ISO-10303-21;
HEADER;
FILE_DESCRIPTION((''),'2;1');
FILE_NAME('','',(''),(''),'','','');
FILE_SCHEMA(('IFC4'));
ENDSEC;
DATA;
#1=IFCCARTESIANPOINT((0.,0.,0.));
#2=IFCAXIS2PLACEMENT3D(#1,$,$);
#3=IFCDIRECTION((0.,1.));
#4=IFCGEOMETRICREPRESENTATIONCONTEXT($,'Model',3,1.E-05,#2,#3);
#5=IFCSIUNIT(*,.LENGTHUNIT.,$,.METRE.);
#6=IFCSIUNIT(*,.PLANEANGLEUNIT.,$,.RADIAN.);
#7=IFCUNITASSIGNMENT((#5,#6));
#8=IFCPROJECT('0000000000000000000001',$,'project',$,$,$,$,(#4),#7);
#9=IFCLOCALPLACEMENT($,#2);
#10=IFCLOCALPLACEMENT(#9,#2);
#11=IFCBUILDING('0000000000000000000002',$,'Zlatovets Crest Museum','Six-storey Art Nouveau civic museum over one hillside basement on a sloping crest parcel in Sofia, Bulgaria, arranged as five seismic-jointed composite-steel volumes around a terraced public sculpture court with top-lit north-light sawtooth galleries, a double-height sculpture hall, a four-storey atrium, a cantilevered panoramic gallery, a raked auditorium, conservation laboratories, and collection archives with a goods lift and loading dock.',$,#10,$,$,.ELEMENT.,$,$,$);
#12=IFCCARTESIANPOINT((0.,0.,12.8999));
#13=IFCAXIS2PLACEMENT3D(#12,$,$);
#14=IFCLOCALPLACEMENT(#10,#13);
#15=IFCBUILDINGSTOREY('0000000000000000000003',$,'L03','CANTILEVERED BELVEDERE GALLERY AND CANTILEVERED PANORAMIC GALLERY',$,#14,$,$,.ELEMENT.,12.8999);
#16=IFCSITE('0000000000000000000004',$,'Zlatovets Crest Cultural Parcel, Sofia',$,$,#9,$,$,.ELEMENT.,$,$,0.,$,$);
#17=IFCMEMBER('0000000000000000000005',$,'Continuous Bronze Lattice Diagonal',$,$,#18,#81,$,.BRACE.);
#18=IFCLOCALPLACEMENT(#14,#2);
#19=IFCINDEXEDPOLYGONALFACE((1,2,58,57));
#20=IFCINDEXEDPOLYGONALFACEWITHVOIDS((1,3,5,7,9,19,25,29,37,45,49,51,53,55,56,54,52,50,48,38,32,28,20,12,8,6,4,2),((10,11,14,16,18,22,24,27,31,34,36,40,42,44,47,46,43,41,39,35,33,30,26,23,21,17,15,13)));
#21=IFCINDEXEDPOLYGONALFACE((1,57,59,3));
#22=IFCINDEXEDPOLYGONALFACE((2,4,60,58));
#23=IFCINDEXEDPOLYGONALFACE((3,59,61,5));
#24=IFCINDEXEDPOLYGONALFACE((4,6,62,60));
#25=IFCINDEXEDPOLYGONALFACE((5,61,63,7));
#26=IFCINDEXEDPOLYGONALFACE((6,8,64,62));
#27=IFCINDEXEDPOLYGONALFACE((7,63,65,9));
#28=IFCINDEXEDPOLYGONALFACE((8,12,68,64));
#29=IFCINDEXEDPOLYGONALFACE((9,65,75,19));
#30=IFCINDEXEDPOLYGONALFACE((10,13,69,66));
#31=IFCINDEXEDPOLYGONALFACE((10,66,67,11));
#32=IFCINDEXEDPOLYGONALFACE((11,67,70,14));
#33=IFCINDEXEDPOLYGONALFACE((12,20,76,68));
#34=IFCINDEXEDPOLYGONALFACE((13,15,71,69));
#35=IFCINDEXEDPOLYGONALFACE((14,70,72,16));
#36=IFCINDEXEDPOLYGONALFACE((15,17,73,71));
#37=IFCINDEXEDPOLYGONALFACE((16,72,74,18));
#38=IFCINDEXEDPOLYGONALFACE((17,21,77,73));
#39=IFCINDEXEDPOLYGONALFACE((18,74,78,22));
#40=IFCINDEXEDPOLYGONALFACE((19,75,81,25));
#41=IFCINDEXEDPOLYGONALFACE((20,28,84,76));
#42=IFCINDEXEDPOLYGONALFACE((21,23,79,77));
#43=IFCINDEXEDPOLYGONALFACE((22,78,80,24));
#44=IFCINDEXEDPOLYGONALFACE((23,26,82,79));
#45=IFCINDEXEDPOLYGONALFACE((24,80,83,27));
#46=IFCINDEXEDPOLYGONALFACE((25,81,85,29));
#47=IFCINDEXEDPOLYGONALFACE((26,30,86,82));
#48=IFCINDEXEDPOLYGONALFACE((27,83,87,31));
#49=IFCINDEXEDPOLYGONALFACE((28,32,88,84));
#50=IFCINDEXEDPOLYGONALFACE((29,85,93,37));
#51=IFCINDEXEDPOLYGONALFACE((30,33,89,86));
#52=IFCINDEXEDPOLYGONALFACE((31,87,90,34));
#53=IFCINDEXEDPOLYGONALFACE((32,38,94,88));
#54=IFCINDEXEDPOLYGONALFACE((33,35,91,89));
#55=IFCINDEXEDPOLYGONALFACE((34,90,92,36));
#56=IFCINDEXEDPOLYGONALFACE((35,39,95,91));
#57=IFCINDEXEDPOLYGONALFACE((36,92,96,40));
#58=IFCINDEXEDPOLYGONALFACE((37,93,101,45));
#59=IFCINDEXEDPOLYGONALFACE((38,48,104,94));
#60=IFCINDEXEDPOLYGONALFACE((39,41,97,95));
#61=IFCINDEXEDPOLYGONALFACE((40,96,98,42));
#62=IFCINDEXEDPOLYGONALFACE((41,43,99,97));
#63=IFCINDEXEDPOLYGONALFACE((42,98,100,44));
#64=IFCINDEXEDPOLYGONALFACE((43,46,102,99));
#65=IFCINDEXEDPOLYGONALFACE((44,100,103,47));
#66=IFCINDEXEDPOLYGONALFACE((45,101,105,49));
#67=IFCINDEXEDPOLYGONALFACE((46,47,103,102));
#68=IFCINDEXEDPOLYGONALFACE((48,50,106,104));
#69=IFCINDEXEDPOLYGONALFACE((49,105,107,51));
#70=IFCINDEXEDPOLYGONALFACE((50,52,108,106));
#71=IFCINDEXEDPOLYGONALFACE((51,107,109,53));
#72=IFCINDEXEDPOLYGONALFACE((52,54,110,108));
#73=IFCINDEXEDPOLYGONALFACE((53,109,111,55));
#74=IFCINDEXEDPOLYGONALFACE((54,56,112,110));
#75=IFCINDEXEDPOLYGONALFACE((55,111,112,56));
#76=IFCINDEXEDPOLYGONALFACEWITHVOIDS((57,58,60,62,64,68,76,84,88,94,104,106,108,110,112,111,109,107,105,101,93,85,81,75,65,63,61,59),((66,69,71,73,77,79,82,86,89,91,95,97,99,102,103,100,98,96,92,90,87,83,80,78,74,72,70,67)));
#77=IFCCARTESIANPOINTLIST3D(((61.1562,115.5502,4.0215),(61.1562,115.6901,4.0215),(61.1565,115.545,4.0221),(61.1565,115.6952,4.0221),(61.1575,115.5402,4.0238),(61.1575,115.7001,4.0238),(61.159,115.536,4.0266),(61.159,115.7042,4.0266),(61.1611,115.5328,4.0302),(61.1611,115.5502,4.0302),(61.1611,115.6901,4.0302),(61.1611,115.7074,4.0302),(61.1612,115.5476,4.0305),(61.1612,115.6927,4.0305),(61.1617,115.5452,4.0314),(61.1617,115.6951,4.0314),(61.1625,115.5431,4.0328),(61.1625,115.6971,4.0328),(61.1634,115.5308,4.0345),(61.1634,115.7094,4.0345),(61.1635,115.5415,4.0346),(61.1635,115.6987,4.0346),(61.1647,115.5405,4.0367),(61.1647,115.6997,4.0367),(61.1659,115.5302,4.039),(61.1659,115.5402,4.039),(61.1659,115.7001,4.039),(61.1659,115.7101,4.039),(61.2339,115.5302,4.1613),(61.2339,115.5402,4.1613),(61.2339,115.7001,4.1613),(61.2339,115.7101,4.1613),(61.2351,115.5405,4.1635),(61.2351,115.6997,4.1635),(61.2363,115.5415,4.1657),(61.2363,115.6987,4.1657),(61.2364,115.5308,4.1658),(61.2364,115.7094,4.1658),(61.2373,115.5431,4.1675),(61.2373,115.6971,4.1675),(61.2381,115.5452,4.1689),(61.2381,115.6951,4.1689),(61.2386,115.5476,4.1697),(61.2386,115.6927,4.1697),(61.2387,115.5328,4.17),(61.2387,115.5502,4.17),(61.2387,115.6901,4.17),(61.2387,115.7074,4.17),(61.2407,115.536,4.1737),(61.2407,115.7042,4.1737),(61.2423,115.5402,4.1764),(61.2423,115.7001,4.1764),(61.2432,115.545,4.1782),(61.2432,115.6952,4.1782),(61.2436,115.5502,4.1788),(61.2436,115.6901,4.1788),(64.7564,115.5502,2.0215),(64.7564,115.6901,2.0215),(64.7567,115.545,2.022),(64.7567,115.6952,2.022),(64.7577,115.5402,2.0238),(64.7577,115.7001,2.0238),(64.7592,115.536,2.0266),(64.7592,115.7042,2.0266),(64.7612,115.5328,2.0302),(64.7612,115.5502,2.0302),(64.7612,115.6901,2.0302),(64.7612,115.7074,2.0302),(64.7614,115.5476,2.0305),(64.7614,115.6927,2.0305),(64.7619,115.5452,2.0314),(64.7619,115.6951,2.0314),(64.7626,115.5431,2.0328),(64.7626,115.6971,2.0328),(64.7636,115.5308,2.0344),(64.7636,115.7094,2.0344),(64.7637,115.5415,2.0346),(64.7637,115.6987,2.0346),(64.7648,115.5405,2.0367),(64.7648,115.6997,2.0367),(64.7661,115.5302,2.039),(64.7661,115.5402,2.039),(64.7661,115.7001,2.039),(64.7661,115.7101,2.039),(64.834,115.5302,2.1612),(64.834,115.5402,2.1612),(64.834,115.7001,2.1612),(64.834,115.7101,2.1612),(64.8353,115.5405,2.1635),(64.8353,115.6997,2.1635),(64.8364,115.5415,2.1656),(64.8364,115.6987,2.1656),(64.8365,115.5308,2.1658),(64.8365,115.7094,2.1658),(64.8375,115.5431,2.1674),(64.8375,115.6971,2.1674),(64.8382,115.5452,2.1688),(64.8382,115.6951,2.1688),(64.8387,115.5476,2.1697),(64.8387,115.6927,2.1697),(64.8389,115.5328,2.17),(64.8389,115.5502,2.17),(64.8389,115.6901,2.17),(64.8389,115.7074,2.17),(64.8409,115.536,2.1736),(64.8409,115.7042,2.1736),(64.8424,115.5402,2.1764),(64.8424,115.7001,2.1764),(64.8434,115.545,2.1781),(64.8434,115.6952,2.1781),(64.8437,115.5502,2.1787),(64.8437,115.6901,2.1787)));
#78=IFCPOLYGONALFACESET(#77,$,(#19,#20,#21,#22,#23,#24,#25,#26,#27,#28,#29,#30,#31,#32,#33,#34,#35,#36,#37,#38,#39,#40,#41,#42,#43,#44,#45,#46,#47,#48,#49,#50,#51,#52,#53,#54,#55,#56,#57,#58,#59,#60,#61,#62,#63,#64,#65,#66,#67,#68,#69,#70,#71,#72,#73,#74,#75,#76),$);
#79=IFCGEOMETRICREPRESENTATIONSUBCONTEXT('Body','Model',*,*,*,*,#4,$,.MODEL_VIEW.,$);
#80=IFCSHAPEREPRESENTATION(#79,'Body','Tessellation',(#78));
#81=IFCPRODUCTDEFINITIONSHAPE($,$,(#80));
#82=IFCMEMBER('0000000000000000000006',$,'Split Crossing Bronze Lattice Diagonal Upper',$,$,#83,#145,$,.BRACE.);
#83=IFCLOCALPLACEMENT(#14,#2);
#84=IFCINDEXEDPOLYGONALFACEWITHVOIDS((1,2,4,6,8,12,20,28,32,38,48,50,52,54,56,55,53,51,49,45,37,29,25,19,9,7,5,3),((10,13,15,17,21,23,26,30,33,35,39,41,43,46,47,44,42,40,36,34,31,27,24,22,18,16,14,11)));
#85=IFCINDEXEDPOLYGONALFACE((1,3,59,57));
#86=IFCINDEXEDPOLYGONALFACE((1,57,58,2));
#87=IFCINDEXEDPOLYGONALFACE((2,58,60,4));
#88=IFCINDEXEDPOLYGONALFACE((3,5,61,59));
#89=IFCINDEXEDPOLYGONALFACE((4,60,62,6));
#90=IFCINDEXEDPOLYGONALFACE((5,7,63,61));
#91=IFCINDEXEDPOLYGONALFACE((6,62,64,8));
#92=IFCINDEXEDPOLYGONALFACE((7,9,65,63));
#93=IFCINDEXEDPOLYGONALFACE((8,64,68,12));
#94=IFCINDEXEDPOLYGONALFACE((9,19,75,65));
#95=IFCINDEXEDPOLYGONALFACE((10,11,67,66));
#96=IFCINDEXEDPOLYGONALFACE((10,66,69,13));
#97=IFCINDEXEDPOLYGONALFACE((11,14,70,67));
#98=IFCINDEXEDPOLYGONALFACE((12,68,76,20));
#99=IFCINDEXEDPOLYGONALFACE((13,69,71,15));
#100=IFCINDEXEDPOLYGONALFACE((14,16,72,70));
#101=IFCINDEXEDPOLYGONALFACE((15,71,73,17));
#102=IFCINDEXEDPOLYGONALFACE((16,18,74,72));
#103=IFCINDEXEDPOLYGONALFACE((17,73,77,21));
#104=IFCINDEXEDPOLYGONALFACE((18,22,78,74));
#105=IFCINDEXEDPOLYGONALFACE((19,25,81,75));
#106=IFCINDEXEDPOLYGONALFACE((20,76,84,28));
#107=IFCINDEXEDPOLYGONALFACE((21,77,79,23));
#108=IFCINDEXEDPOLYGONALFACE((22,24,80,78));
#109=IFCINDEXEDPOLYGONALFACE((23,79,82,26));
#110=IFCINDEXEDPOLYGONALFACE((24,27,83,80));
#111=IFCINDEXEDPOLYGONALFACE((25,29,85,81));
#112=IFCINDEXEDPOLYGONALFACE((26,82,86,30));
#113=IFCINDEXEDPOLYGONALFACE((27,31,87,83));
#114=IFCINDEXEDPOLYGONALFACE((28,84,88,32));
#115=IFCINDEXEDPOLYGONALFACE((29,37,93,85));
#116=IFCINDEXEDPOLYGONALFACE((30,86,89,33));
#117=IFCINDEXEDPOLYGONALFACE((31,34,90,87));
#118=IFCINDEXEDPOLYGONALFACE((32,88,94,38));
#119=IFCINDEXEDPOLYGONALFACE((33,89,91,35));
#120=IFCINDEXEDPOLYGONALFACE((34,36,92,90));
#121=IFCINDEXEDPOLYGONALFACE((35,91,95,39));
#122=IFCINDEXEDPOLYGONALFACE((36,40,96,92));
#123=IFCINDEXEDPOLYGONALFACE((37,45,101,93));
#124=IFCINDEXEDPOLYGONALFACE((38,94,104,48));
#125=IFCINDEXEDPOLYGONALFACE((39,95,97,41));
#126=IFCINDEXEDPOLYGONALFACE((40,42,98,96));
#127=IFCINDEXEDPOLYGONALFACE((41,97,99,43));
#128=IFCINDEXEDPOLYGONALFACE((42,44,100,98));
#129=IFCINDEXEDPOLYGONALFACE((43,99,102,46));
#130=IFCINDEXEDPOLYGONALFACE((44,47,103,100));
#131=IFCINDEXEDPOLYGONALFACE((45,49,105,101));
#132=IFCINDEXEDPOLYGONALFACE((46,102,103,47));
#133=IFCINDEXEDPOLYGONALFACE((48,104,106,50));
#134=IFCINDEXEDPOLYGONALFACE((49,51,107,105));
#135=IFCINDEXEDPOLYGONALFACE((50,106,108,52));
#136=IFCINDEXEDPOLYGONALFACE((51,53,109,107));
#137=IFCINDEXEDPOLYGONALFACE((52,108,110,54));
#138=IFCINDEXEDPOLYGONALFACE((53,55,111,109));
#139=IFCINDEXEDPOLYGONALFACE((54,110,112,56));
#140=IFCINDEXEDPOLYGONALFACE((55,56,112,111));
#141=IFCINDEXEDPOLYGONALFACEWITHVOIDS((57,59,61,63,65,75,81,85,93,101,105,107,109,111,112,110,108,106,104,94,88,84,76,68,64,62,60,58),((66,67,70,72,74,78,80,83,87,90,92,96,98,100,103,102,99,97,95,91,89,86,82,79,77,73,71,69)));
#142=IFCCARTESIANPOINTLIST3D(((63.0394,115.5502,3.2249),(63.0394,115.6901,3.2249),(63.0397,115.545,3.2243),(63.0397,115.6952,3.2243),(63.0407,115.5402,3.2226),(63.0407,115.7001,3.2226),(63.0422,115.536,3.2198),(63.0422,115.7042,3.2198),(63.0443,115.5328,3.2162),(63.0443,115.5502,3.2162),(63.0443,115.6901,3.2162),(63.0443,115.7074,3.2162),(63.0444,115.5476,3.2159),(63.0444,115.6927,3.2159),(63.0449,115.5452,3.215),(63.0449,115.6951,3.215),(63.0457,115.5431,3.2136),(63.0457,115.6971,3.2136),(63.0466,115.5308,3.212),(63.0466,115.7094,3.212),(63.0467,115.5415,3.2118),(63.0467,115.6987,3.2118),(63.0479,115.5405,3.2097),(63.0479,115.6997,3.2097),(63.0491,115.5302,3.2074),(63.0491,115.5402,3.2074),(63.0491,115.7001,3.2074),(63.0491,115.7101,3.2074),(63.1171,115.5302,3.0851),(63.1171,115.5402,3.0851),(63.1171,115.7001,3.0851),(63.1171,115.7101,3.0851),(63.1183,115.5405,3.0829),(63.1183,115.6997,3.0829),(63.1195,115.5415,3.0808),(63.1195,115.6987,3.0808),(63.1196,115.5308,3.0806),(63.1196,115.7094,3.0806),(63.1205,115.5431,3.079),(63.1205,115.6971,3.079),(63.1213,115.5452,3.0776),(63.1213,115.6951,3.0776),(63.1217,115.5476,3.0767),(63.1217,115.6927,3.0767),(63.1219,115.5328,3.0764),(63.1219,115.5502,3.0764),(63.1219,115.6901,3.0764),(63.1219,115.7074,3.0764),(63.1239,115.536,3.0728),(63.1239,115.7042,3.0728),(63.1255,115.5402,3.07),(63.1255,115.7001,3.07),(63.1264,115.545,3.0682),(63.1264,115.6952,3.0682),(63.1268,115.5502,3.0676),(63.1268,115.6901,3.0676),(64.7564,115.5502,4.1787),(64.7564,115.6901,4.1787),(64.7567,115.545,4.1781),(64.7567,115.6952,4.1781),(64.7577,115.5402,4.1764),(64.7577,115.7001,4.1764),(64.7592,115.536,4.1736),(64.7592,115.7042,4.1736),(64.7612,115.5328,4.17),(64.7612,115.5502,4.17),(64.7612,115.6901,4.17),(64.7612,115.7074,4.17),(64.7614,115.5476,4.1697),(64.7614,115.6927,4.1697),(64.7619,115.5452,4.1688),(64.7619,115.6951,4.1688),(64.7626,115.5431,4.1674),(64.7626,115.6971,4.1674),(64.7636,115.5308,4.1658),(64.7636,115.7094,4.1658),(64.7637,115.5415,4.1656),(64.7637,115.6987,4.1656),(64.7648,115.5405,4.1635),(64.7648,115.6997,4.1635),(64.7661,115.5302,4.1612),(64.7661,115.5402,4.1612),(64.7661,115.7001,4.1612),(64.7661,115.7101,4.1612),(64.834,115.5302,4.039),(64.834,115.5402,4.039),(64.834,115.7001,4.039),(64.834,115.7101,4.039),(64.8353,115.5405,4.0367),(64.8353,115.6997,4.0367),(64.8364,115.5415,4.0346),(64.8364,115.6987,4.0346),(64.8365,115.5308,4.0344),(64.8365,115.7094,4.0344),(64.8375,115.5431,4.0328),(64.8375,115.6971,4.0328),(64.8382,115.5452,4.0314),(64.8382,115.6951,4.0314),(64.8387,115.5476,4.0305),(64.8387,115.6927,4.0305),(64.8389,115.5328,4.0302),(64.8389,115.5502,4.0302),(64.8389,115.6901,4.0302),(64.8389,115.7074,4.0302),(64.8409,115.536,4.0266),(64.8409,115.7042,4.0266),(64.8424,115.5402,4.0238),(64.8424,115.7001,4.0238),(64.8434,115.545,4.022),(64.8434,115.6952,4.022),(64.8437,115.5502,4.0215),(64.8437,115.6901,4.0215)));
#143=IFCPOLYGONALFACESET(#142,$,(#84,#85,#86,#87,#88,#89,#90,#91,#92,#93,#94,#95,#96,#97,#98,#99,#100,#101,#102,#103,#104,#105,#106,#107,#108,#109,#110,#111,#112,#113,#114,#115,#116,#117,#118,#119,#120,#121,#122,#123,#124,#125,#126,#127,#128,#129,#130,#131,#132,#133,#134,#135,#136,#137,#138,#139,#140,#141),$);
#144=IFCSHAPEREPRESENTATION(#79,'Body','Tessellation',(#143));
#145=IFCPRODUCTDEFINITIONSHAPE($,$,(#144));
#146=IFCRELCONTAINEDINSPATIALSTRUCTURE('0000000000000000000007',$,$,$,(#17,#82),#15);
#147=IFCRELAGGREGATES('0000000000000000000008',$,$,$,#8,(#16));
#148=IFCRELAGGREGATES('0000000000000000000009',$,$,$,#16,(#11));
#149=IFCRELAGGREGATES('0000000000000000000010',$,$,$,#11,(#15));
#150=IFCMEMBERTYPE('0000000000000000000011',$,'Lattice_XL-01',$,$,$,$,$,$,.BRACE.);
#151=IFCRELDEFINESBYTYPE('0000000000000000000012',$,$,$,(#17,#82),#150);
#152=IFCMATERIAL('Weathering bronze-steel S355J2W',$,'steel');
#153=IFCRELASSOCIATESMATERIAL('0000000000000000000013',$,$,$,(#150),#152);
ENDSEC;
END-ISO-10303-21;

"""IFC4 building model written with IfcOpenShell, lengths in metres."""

from ifc_helpers import new_model, si_unit, direction, frame, origin, origin_2d, place, context, subcontext, project, spatial, hollow_rectangle, extrude, material, material_profile, profile_set, type_object, element, save


model = new_model("IFC4")

# Units and contexts
model_context = context("Model", 3, precision=1e-05, world=origin(), true_north=direction((0.0, 1.0)))
body_context = subcontext(model_context, "Body", "Model", "MODEL_VIEW")
ifc_project = project(units=[si_unit("LENGTHUNIT", "METRE"), si_unit("PLANEANGLEUNIT", "RADIAN")], contexts=[model_context])

# Site, building, storey
site_placement = place(None, origin())
site = spatial("IfcSite", under=ifc_project, at=site_placement, Name="Zlatovets Crest Cultural Parcel, Sofia", CompositionType="ELEMENT", RefElevation=0.0)
building_placement = place(site_placement, origin())
building = spatial("IfcBuilding", under=site, at=building_placement, Name="Zlatovets Crest Museum", Description="Six-storey Art Nouveau civic museum over one hillside basement on a sloping crest parcel in Sofia, Bulgaria, arranged as five seismic-jointed composite-steel volumes around a terraced public sculpture court with top-lit north-light sawtooth galleries, a double-height sculpture hall, a four-storey atrium, a cantilevered panoramic gallery, a raked auditorium, conservation laboratories, and collection archives with a goods lift and loading dock.", CompositionType="ELEMENT")
storey_placement = place(building_placement, frame((0.0, 0.0, 12.8999)))
storey = spatial("IfcBuildingStorey", under=building, at=storey_placement, Name="L03", Description="CANTILEVERED BELVEDERE GALLERY AND CANTILEVERED PANORAMIC GALLERY", CompositionType="ELEMENT", Elevation=12.8999)

# Members
ifc_material_1 = material(Name="Weathering bronze-steel S355J2W", Category="steel")
ifc_material_profile_1 = material_profile(ifc_material_1, hollow_rectangle(XDim=0.1799, YDim=0.1799, WallThickness=0.01, InnerFilletRadius=0.01, OuterFilletRadius=0.02, at=origin_2d()), Name="SHS 180x180x10.0")
ifc_profile_set_1 = profile_set([ifc_material_profile_1], Name="Weathering bronze-steel S355J2W")
member_type_1 = type_object("IfcMemberType", Name="Lattice_XL-01", PredefinedType="BRACE", material=ifc_profile_set_1)
member_1_placement = place(storey_placement, frame((64.8, 115.6201, 2.1001), z_axis=(-0.874163, 0.0, 0.485633), x_axis=(0.0, -1.0, 0.0)))
element("IfcMember", 1, at=member_1_placement, inside=storey, type_object=member_type_1, Name="Continuous Bronze Lattice Diagonal", PredefinedType="BRACE", context=body_context, shape_type="SweptSolid", body=[
    extrude(hollow_rectangle(XDim=0.1799, YDim=0.1799, WallThickness=0.01, InnerFilletRadius=0.01, OuterFilletRadius=0.02, at=origin_2d()), origin(), (0.0, 0.0, 1.0), 4.1184),
])
member_2_placement = place(storey_placement, frame((64.8, 115.6201, 4.1001), z_axis=(-0.874169, 0.0, -0.485622), x_axis=(0.0, -1.0, 0.0)))
element("IfcMember", 2, at=member_2_placement, inside=storey, type_object=member_type_1, Name="Split Crossing Bronze Lattice Diagonal Upper", PredefinedType="BRACE", context=body_context, shape_type="SweptSolid", body=[
    extrude(hollow_rectangle(XDim=0.1799, YDim=0.1799, WallThickness=0.01, InnerFilletRadius=0.01, OuterFilletRadius=0.02, at=origin_2d()), origin(), (0.0, 0.0, 1.0), 1.9641),
])

save(model, "model.ifc")
